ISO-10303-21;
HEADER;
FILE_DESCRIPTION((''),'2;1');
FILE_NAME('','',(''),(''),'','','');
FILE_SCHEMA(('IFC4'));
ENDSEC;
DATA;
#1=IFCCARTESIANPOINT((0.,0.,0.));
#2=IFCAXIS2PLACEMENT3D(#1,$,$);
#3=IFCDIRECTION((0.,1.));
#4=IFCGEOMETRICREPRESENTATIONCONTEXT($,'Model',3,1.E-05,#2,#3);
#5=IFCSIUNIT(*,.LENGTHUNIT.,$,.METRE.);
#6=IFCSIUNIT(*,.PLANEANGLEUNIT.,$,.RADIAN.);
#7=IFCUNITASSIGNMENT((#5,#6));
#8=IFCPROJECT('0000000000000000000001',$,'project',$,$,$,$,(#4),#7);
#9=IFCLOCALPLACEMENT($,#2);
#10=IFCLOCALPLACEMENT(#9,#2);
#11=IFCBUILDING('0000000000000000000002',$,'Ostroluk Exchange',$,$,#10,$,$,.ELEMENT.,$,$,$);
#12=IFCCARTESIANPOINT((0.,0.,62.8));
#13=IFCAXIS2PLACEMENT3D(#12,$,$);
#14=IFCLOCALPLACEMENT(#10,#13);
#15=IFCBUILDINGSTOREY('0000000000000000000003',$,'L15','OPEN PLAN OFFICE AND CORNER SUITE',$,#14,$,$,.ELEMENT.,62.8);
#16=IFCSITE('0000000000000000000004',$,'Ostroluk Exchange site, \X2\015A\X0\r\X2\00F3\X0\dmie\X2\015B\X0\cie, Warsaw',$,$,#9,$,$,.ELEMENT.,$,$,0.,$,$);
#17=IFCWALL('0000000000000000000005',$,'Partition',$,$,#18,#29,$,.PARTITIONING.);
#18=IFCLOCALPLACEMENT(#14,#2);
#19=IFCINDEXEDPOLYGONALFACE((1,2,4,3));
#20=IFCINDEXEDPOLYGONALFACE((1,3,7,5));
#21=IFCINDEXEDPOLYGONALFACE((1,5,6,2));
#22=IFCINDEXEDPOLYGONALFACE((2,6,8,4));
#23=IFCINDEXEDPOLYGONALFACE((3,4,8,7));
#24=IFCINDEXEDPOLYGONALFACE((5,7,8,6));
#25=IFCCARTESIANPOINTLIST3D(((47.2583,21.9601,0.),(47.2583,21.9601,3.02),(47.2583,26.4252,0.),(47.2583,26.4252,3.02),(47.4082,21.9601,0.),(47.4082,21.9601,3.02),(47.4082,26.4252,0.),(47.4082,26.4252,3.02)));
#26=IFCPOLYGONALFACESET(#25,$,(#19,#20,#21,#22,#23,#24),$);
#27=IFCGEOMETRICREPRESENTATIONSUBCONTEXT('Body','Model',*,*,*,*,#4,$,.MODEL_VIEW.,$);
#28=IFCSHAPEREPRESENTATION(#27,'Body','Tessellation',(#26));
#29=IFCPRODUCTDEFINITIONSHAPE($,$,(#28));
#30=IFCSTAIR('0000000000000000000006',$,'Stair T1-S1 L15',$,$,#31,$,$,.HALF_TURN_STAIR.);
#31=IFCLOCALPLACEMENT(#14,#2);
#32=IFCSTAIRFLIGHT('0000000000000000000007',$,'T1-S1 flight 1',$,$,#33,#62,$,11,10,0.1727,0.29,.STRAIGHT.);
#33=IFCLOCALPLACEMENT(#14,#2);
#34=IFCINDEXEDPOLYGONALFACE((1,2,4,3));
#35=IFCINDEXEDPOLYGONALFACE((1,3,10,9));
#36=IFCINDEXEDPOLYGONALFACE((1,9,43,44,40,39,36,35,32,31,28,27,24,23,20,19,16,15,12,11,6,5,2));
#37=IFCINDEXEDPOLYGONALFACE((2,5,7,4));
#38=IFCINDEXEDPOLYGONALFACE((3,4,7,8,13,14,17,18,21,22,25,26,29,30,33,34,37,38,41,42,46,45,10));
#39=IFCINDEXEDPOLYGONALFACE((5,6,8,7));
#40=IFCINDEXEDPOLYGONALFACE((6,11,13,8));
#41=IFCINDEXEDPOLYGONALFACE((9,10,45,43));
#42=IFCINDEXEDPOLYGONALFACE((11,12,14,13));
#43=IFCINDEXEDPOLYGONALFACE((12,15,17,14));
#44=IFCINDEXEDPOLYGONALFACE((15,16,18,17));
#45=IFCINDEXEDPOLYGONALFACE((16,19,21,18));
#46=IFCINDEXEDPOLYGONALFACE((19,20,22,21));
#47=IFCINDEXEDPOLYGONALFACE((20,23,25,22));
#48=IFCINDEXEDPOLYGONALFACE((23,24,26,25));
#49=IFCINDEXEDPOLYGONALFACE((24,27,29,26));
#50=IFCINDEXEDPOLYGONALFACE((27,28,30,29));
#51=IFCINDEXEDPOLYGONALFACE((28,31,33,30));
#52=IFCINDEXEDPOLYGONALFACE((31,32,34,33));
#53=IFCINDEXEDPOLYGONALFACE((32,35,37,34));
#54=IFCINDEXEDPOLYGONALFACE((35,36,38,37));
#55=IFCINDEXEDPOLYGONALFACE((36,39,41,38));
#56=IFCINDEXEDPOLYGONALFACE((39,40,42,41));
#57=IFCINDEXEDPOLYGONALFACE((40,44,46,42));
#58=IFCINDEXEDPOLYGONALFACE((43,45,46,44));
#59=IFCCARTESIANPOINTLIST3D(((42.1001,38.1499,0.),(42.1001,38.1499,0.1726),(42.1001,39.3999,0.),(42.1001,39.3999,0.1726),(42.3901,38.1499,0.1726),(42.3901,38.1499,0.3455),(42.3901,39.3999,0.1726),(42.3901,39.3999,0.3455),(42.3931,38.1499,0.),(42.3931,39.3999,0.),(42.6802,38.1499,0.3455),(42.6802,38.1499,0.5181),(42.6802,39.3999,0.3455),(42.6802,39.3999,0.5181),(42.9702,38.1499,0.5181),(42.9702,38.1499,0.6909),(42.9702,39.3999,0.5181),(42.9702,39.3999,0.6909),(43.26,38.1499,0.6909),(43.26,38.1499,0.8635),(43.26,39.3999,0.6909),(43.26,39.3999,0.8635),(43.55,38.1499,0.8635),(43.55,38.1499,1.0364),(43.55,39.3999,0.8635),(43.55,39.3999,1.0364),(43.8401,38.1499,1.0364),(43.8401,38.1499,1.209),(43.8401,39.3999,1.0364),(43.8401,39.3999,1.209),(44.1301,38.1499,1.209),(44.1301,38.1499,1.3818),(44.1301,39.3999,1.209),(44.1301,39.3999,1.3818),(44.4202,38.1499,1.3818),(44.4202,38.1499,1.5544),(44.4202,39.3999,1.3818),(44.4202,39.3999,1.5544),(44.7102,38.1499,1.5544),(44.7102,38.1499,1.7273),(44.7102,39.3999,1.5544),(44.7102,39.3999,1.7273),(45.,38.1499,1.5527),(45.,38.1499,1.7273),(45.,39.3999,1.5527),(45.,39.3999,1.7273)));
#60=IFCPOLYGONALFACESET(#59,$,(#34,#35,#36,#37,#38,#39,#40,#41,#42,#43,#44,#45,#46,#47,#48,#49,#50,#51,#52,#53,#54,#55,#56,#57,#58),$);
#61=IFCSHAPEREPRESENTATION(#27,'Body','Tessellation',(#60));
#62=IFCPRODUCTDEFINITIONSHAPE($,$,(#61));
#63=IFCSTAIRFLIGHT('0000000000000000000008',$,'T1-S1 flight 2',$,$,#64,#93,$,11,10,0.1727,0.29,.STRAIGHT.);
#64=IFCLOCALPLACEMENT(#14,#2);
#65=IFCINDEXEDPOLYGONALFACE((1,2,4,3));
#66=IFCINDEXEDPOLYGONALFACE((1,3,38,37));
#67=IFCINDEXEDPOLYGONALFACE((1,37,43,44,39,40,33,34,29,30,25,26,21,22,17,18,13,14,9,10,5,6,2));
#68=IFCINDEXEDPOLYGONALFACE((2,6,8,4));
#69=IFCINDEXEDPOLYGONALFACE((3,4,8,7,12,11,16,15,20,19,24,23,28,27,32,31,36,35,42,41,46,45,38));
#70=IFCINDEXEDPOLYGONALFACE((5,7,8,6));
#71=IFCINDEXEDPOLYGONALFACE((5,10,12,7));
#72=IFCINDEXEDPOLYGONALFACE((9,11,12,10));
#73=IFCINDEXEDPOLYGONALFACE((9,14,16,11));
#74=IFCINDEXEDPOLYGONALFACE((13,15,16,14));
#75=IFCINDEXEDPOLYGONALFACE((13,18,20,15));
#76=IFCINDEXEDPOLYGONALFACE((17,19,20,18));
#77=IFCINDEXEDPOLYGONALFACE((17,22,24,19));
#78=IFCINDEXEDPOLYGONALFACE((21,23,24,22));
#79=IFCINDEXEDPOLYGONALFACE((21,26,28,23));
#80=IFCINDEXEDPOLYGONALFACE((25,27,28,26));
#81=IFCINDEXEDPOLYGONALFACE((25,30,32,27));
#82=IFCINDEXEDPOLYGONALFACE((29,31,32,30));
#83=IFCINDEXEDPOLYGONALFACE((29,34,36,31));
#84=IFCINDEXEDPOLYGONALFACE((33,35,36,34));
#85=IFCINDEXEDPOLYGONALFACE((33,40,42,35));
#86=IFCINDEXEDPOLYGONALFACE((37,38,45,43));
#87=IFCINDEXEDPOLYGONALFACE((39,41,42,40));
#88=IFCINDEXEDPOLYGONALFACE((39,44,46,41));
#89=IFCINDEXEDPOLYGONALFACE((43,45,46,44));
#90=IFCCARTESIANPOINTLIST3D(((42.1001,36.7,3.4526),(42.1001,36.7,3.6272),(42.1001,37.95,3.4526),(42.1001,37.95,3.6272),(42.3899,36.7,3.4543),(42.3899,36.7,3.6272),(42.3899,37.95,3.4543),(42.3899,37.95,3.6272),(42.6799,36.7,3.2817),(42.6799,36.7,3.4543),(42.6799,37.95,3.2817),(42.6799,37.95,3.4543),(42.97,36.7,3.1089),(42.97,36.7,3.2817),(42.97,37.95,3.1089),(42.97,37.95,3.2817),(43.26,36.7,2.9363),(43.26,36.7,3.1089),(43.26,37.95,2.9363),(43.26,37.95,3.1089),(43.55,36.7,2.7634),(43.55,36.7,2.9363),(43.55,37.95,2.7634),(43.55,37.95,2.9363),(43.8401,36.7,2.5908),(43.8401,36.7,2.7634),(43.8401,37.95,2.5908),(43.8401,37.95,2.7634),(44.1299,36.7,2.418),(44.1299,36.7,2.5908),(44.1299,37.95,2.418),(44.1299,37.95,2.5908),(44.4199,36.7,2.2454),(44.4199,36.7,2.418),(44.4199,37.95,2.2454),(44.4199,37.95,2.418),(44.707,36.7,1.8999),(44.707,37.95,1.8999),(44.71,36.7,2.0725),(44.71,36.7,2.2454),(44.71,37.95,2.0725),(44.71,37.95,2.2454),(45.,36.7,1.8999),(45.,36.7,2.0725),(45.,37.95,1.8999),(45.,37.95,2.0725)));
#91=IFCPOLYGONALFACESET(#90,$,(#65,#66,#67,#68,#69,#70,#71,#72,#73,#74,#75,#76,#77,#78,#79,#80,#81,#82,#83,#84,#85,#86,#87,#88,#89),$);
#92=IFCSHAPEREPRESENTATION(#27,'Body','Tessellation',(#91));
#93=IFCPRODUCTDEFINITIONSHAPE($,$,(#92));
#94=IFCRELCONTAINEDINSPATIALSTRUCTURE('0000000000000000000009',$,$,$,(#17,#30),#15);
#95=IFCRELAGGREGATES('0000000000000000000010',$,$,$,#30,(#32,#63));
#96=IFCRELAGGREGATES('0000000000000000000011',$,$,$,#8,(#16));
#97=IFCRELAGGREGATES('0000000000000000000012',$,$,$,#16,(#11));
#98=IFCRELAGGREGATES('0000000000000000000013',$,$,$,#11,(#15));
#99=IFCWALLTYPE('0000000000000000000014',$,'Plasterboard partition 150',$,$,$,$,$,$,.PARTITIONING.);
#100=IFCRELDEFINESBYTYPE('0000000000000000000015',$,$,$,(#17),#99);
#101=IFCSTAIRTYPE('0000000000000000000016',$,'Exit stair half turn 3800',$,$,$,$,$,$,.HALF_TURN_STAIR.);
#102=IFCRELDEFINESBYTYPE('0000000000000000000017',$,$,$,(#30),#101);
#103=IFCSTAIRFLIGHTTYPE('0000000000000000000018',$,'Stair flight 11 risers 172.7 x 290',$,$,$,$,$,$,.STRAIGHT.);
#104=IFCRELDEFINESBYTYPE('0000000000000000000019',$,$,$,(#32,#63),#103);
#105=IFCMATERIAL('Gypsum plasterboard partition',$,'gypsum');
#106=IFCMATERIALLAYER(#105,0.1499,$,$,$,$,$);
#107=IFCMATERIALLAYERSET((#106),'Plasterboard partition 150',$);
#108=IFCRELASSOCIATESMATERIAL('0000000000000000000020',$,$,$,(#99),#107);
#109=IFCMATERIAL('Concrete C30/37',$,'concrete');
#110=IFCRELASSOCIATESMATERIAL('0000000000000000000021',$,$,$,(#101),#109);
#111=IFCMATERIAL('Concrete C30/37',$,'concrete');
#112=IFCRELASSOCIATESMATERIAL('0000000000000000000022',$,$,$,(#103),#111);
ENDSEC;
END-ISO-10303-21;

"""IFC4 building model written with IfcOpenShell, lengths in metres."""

from ifc_helpers import new_model, si_unit, direction, frame, frame_2d, origin, place, context, subcontext, project, spatial, polyline, rectangle, outline, extrude, material, layer, layer_set, type_object, element, aggregate, save


model = new_model("IFC4")

# Units and contexts
model_context = context("Model", 3, precision=1e-05, world=origin(), true_north=direction((0.0, 1.0)))
body_context = subcontext(model_context, "Body", "Model", "MODEL_VIEW")
ifc_project = project(units=[si_unit("LENGTHUNIT", "METRE"), si_unit("PLANEANGLEUNIT", "RADIAN")], contexts=[model_context])

# Site, building, storey
site_placement = place(None, origin())
site = spatial("IfcSite", under=ifc_project, at=site_placement, Name="Ostroluk Exchange site, Śródmieście, Warsaw", CompositionType="ELEMENT", RefElevation=0.0)
building_placement = place(site_placement, origin())
building = spatial("IfcBuilding", under=site, at=building_placement, Name="Ostroluk Exchange", CompositionType="ELEMENT")
storey_placement = place(building_placement, frame((0.0, 0.0, 62.8)))
storey = spatial("IfcBuildingStorey", under=building, at=storey_placement, Name="L15", Description="OPEN PLAN OFFICE AND CORNER SUITE", CompositionType="ELEMENT", Elevation=62.8)

# Wall
ifc_material_1 = material(Name="Gypsum plasterboard partition", Category="gypsum")
ifc_layer_1 = layer(ifc_material_1, 0.1499)
ifc_layer_set_1 = layer_set([ifc_layer_1], Name="Plasterboard partition 150")
wall_type_1 = type_object("IfcWallType", Name="Plasterboard partition 150", PredefinedType="PARTITIONING", material=ifc_layer_set_1)
for number, where, z_axis, x_axis, name in (
    (1, (47.3333, 26.425, 0.0), (0.0, 0.0, 1.0), (0.0, -1.0, 0.0), "Partition"),
):
    element("IfcWall", number, at=place(storey_placement, frame(where, z_axis=z_axis, x_axis=x_axis)), inside=storey, type_object=wall_type_1, Name=name, PredefinedType="PARTITIONING", context=body_context, shape_type="SweptSolid", body=[
        extrude(rectangle(XDim=4.4651, YDim=0.1499, at=frame_2d((2.2324, 0.0))), origin(), (0.0, 0.0, 1.0), 3.02),
    ])

# Stair, stair flights
ifc_material_2 = material(Name="Concrete C30/37", Category="concrete")
stair_type = type_object("IfcStairType", Name="Exit stair half turn 3800", PredefinedType="HALF_TURN_STAIR", material=ifc_material_2)
stair_placement = place(storey_placement, origin())
stair = element("IfcStair", 2, at=stair_placement, inside=storey, type_object=stair_type, Name="Stair T1-S1 L15", PredefinedType="HALF_TURN_STAIR")
ifc_material_3 = material(Name="Concrete C30/37", Category="concrete")
stair_flight_type = type_object("IfcStairFlightType", Name="Stair flight 11 risers 172.7 x 290", PredefinedType="STRAIGHT", material=ifc_material_3)
stair_flight_1_placement = place(storey_placement, frame((42.1001, 38.7749, 0.0), z_axis=(0.0, 0.0, 1.0), x_axis=(1.0, 0.0, 0.0)))
stair_flight_1 = element("IfcStairFlight", 3, at=stair_flight_1_placement, type_object=stair_flight_type, Name="T1-S1 flight 1", NumberOfRisers=11, NumberOfTreads=10, PredefinedType="STRAIGHT", RiserHeight=0.1727, TreadLength=0.29, context=body_context, shape_type="SweptSolid", body=[
    extrude(outline(polyline([(0.0, 0.0), (0.0, 0.1726), (0.29, 0.1726), (0.29, 0.3455), (0.5801, 0.3455), (0.5801, 0.5181), (0.8701, 0.5181), (0.8701, 0.6909), (1.1599, 0.6909), (1.1599, 0.8635), (1.45, 0.8635), (1.45, 1.0364), (1.74, 1.0364), (1.74, 1.209), (2.03, 1.209), (2.03, 1.3818), (2.3201, 1.3818), (2.3201, 1.5544), (2.6101, 1.5544), (2.6101, 1.7273), (2.8999, 1.7273), (2.8999, 1.8999), (2.8999, 1.5527), (0.293, 0.0), (0.0, 0.0)])), frame((0.0, 0.625, 0.0), z_axis=(0.0, -1.0, 0.0), x_axis=(1.0, 0.0, 0.0)), (0.0, 0.0, 1.0), 1.25),
])
stair_flight_2_placement = place(storey_placement, frame((45.0, 37.325, 1.8999), z_axis=(0.0, 0.0, 1.0), x_axis=(-1.0, 0.0, 0.0)))
stair_flight_2 = element("IfcStairFlight", 4, at=stair_flight_2_placement, type_object=stair_flight_type, Name="T1-S1 flight 2", NumberOfRisers=11, NumberOfTreads=10, PredefinedType="STRAIGHT", RiserHeight=0.1727, TreadLength=0.29, context=body_context, shape_type="SweptSolid", body=[
    extrude(outline(polyline([(0.0, 0.0), (0.0, 0.1726), (0.29, 0.1726), (0.29, 0.3455), (0.5801, 0.3455), (0.5801, 0.5181), (0.8701, 0.5181), (0.8701, 0.6909), (1.1599, 0.6909), (1.1599, 0.8635), (1.45, 0.8635), (1.45, 1.0364), (1.74, 1.0364), (1.74, 1.209), (2.03, 1.209), (2.03, 1.3818), (2.3201, 1.3818), (2.3201, 1.5544), (2.6101, 1.5544), (2.6101, 1.7273), (2.8999, 1.7273), (2.8999, 1.8999), (2.8999, 1.5527), (0.293, 0.0), (0.0, 0.0)])), frame((0.0, 0.625, 0.0), z_axis=(0.0, -1.0, 0.0), x_axis=(1.0, 0.0, 0.0)), (0.0, 0.0, 1.0), 1.25),
])
aggregate(stair, [stair_flight_1, stair_flight_2])

save(model, "model.ifc")
